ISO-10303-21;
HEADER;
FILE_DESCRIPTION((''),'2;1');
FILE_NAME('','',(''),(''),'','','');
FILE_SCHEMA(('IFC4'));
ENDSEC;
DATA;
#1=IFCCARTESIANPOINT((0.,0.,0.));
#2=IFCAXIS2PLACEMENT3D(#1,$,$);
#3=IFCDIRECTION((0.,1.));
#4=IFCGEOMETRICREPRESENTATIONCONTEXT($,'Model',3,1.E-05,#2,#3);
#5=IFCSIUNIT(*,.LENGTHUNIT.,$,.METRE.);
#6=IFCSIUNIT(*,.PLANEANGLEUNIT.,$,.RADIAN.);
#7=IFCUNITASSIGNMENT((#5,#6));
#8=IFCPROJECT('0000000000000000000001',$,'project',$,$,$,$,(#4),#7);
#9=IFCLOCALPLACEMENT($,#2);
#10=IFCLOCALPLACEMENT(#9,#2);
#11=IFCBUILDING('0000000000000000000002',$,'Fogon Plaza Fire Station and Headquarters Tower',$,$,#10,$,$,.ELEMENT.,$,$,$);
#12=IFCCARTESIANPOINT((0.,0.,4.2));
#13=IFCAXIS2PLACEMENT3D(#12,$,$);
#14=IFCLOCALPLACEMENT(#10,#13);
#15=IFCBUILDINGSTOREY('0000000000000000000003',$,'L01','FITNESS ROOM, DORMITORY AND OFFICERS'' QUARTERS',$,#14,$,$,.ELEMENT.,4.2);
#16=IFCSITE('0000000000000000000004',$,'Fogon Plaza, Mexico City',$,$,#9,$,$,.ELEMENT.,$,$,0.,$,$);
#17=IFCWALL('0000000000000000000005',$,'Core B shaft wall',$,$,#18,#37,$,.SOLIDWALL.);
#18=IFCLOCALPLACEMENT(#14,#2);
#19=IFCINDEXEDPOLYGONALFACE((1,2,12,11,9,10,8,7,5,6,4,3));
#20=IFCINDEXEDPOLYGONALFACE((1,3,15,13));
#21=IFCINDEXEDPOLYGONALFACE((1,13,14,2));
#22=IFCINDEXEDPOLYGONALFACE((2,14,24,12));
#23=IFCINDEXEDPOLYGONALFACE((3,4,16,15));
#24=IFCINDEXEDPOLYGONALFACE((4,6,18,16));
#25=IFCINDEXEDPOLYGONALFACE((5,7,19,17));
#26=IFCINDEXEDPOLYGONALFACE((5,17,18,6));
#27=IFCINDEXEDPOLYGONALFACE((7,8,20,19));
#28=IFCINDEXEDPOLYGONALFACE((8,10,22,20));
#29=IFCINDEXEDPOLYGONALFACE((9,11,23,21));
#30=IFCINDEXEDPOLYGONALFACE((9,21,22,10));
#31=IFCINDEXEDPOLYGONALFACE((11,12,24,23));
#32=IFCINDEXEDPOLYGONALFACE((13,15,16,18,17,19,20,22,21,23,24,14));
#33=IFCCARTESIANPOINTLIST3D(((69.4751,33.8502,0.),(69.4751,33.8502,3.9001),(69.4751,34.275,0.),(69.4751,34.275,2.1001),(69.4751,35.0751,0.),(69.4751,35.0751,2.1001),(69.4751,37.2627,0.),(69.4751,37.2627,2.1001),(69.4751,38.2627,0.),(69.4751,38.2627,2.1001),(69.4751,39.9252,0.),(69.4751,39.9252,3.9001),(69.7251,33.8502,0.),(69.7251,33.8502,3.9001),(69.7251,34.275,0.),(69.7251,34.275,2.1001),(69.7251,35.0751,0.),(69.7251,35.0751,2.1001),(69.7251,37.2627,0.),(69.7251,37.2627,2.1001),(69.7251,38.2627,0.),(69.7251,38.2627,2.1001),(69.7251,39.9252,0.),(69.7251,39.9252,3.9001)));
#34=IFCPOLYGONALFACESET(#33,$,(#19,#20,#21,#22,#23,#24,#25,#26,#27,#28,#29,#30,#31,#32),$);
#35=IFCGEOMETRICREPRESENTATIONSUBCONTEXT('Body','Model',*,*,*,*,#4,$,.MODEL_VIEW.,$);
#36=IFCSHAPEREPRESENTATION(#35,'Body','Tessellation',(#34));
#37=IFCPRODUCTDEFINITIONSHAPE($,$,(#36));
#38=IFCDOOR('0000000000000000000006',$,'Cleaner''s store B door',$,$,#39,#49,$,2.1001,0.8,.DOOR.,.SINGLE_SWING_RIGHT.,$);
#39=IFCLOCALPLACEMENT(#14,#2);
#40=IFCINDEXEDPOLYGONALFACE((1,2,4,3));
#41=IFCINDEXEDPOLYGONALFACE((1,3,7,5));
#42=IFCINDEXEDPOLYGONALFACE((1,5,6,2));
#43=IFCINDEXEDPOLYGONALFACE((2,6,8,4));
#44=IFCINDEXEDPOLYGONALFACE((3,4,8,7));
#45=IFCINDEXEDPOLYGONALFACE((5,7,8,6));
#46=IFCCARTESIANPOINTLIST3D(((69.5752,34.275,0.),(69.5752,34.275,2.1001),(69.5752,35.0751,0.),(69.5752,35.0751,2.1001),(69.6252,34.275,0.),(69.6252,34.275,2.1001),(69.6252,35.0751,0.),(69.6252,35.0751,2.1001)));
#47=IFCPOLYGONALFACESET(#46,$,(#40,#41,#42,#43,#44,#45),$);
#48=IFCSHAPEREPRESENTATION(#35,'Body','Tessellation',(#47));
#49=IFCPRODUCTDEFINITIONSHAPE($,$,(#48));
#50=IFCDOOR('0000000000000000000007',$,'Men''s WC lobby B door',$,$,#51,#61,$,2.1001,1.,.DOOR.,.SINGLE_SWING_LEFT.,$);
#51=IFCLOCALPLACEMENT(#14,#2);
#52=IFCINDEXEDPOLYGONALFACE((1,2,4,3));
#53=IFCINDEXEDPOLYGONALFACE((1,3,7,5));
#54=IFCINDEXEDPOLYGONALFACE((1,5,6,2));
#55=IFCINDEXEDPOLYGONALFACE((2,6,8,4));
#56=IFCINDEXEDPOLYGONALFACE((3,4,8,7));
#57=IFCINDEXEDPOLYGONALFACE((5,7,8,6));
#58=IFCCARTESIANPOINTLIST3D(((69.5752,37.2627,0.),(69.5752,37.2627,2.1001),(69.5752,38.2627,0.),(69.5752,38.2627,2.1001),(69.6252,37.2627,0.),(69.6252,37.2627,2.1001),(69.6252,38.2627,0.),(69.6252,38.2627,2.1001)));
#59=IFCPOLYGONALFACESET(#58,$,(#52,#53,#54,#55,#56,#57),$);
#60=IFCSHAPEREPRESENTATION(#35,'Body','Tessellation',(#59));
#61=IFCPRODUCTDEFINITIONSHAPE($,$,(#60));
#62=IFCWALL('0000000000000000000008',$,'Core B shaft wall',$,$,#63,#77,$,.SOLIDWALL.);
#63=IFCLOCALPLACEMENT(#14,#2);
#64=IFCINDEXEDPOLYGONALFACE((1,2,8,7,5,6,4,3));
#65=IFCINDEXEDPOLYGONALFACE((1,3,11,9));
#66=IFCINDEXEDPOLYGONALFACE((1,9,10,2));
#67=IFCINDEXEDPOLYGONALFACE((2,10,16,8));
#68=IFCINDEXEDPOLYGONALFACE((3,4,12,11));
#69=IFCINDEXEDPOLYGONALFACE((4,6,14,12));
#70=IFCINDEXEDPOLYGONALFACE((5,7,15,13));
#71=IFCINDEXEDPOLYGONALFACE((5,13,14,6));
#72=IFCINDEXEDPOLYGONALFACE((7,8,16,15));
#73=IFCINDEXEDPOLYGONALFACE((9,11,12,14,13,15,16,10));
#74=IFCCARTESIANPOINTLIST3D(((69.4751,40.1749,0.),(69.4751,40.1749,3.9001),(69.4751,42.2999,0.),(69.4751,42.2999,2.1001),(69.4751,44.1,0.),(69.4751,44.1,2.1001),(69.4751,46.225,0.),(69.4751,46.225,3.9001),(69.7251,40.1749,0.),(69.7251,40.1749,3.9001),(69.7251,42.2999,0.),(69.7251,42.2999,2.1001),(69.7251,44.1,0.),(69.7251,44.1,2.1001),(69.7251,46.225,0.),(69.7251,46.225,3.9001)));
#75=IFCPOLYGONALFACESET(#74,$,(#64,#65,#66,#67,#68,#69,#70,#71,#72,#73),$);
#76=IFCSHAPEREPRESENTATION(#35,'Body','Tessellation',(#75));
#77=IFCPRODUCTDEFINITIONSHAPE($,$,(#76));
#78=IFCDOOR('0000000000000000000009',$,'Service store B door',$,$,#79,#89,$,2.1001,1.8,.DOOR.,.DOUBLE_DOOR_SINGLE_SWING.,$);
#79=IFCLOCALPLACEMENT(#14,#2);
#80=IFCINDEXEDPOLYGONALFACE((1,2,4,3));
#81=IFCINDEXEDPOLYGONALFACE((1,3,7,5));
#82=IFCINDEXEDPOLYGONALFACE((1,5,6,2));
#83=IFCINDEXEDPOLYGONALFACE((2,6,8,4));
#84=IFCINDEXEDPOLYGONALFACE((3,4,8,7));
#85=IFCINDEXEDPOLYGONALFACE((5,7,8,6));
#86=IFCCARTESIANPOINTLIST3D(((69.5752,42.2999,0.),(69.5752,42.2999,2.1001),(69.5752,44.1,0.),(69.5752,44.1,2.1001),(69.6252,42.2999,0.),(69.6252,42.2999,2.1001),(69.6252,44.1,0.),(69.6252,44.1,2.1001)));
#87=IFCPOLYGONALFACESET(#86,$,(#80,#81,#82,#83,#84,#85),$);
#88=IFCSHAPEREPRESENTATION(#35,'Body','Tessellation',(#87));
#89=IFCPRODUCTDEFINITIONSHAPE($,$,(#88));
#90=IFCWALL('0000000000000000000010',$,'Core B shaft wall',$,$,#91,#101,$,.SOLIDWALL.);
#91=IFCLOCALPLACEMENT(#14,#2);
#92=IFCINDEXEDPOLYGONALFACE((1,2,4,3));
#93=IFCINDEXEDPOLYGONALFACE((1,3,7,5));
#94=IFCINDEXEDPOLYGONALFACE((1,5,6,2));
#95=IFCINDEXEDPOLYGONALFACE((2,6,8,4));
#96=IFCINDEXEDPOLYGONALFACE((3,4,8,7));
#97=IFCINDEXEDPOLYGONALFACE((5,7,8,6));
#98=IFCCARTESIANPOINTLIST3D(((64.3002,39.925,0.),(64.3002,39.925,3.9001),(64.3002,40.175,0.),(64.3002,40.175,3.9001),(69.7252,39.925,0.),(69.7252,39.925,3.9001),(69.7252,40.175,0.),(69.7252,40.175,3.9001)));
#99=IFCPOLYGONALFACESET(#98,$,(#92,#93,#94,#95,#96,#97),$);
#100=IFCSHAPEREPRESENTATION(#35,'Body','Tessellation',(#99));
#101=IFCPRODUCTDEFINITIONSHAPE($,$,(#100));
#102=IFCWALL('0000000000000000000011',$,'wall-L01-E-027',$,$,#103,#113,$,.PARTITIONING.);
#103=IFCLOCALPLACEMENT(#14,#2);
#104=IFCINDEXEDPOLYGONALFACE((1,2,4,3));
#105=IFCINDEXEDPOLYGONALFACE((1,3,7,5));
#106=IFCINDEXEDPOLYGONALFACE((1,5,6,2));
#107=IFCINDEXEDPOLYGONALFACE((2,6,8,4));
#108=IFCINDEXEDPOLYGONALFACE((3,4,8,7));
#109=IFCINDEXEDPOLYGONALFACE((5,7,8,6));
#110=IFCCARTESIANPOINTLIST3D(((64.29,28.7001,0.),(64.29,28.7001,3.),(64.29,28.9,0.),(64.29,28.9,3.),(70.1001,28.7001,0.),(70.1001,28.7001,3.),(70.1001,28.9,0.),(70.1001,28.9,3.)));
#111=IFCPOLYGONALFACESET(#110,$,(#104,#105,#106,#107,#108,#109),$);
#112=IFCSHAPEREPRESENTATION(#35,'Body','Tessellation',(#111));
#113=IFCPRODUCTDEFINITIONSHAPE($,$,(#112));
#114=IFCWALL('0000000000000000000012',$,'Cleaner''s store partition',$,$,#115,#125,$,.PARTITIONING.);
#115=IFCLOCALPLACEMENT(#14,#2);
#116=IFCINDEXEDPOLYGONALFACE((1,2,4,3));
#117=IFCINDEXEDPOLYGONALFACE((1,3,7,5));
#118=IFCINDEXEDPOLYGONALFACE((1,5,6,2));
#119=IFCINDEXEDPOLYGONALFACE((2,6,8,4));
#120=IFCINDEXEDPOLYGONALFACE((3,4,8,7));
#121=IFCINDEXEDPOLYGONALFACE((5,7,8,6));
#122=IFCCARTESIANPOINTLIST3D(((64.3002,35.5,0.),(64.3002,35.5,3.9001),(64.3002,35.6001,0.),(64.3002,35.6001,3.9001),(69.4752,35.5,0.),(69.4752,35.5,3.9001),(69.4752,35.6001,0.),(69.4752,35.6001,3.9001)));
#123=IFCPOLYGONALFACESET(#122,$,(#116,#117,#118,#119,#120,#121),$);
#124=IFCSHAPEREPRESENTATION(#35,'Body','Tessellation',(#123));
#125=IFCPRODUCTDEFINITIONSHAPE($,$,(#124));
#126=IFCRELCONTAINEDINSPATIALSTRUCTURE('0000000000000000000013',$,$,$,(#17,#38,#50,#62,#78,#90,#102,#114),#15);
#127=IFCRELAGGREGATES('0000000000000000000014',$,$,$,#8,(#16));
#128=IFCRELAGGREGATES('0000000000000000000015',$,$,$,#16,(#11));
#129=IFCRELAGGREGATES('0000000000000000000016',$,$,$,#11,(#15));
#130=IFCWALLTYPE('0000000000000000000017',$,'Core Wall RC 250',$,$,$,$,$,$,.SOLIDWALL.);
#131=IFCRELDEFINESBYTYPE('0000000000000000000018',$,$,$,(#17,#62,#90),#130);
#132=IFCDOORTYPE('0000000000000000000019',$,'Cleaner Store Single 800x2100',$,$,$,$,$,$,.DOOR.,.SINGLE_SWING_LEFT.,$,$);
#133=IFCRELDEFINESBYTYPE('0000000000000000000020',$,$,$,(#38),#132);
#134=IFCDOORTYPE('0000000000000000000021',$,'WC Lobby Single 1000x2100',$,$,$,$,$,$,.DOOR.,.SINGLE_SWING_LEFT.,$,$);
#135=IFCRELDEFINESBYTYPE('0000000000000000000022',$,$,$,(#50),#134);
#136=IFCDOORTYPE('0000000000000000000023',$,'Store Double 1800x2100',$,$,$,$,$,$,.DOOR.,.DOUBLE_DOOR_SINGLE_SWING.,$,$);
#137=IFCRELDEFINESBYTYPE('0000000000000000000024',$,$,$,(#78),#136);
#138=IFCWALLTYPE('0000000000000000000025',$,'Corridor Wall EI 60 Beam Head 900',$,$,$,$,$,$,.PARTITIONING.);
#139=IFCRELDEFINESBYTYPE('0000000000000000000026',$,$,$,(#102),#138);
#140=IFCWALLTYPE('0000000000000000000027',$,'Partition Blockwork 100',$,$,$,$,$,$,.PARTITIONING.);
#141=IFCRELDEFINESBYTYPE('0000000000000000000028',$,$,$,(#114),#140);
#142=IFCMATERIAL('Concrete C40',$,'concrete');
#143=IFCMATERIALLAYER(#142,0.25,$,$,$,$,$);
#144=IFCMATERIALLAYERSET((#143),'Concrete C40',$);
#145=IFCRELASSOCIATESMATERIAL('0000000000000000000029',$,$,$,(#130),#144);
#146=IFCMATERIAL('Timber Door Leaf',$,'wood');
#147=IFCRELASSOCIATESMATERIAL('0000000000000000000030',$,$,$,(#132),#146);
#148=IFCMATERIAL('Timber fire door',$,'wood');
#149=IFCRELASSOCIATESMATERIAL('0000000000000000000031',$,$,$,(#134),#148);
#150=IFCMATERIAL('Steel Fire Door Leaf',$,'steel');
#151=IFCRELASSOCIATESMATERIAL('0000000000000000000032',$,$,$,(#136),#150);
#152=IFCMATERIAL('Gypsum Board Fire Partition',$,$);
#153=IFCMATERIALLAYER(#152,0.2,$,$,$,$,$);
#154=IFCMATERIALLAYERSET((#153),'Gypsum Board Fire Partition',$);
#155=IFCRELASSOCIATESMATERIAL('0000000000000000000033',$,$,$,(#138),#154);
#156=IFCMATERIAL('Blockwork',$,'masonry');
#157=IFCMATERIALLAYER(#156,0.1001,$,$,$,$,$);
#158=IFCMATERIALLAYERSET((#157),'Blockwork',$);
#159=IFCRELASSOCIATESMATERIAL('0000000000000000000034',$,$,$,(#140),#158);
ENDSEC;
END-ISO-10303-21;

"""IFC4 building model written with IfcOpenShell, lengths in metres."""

from ifc_helpers import new_model, si_unit, direction, frame, frame_2d, origin, place, context, subcontext, project, spatial, rectangle, extrude, material, layer, layer_set, type_object, element, fill, save


model = new_model("IFC4")

# Units and contexts
model_context = context("Model", 3, precision=1e-05, world=origin(), true_north=direction((0.0, 1.0)))
body_context = subcontext(model_context, "Body", "Model", "MODEL_VIEW")
ifc_project = project(units=[si_unit("LENGTHUNIT", "METRE"), si_unit("PLANEANGLEUNIT", "RADIAN")], contexts=[model_context])

# Site, building, storey
site_placement = place(None, origin())
site = spatial("IfcSite", under=ifc_project, at=site_placement, Name="Fogon Plaza, Mexico City", CompositionType="ELEMENT", RefElevation=0.0)
building_placement = place(site_placement, origin())
building = spatial("IfcBuilding", under=site, at=building_placement, Name="Fogon Plaza Fire Station and Headquarters Tower", CompositionType="ELEMENT")
storey_placement = place(building_placement, frame((0.0, 0.0, 4.2)))
storey = spatial("IfcBuildingStorey", under=building, at=storey_placement, Name="L01", Description="FITNESS ROOM, DORMITORY AND OFFICERS' QUARTERS", CompositionType="ELEMENT", Elevation=4.2)

# Shared definitions
ifc_material_1 = material(Name="Concrete C40", Category="concrete")
ifc_layer_1 = layer(ifc_material_1, 0.25)
ifc_layer_set_1 = layer_set([ifc_layer_1], Name="Concrete C40")
wall_type_1 = type_object("IfcWallType", Name="Core Wall RC 250", PredefinedType="SOLIDWALL", material=ifc_layer_set_1)

# Wall, openings, doors
wall_1_placement = place(storey_placement, frame((69.6001, 33.8501, 0.0), z_axis=(0.0, 0.0, 1.0), x_axis=(0.0, 1.0, 0.0)))
wall_1 = element("IfcWall", 1, at=wall_1_placement, inside=storey, type_object=wall_type_1, Name="Core B shaft wall", PredefinedType="SOLIDWALL", context=body_context, shape_type="SweptSolid", body=[
    extrude(rectangle(XDim=6.075, YDim=0.25, at=frame_2d((3.0376, 0.0))), origin(), (0.0, 0.0, 1.0), 3.9001),
])
opening_1_placement = place(wall_1_placement, frame((0.425, 0.0, 0.0)))
opening_1 = element("IfcOpeningElement", 2, at=opening_1_placement, cuts=wall_1, PredefinedType="OPENING", context=body_context, shape_type="SweptSolid", body=[
    extrude(rectangle(XDim=0.8, YDim=2.1001, at=frame_2d((0.3999, 1.05))), frame((0.0, 0.135, 0.0), z_axis=(0.0, -1.0, 0.0), x_axis=(1.0, 0.0, 0.0)), (0.0, 0.0, 1.0), 0.27),
])
opening_2_placement = place(wall_1_placement, frame((3.4126, 0.0, 0.0)))
opening_2 = element("IfcOpeningElement", 3, at=opening_2_placement, cuts=wall_1, PredefinedType="OPENING", context=body_context, shape_type="SweptSolid", body=[
    extrude(rectangle(XDim=1.0, YDim=2.1001, at=frame_2d((0.5, 1.05))), frame((0.0, 0.135, 0.0), z_axis=(0.0, -1.0, 0.0), x_axis=(1.0, 0.0, 0.0)), (0.0, 0.0, 1.0), 0.27),
])
ifc_material_2 = material(Name="Timber Door Leaf", Category="wood")
door_type_1 = type_object("IfcDoorType", Name="Cleaner Store Single 800x2100", OperationType="SINGLE_SWING_LEFT", PredefinedType="DOOR", material=ifc_material_2)
door_1_placement = place(opening_1_placement, origin())
door_1 = element("IfcDoor", 4, at=door_1_placement, inside=storey, type_object=door_type_1, Name="Cleaner's store B door", OperationType="SINGLE_SWING_RIGHT", OverallHeight=2.1001, OverallWidth=0.8, PredefinedType="DOOR", context=body_context, shape_type="SweptSolid", body=[
    extrude(rectangle(XDim=0.8, YDim=2.1001, at=frame_2d((0.3999, 1.05))), frame((0.0, 0.0249, 0.0), z_axis=(0.0, -1.0, 0.0), x_axis=(1.0, 0.0, 0.0)), (0.0, 0.0, 1.0), 0.05),
])
fill(opening_1, door_1)
ifc_material_3 = material(Name="Timber fire door", Category="wood")
door_type_2 = type_object("IfcDoorType", Name="WC Lobby Single 1000x2100", OperationType="SINGLE_SWING_LEFT", PredefinedType="DOOR", material=ifc_material_3)
door_2_placement = place(opening_2_placement, origin())
door_2 = element("IfcDoor", 5, at=door_2_placement, inside=storey, type_object=door_type_2, Name="Men's WC lobby B door", OperationType="SINGLE_SWING_LEFT", OverallHeight=2.1001, OverallWidth=1.0, PredefinedType="DOOR", context=body_context, shape_type="SweptSolid", body=[
    extrude(rectangle(XDim=1.0, YDim=2.1001, at=frame_2d((0.5, 1.05))), frame((0.0, 0.0249, 0.0), z_axis=(0.0, -1.0, 0.0), x_axis=(1.0, 0.0, 0.0)), (0.0, 0.0, 1.0), 0.05),
])
fill(opening_2, door_2)

# Wall, opening, door
wall_2_placement = place(storey_placement, frame((69.6001, 40.175, 0.0), z_axis=(0.0, 0.0, 1.0), x_axis=(0.0, 1.0, 0.0)))
wall_2 = element("IfcWall", 6, at=wall_2_placement, inside=storey, type_object=wall_type_1, Name="Core B shaft wall", PredefinedType="SOLIDWALL", context=body_context, shape_type="SweptSolid", body=[
    extrude(rectangle(XDim=6.05, YDim=0.25, at=frame_2d((3.0249, 0.0))), origin(), (0.0, 0.0, 1.0), 3.9001),
])
opening_3_placement = place(wall_2_placement, frame((2.125, 0.0, 0.0)))
opening_3 = element("IfcOpeningElement", 7, at=opening_3_placement, cuts=wall_2, PredefinedType="OPENING", context=body_context, shape_type="SweptSolid", body=[
    extrude(rectangle(XDim=1.8, YDim=2.1001, at=frame_2d((0.8999, 1.05))), frame((0.0, 0.135, 0.0), z_axis=(0.0, -1.0, 0.0), x_axis=(1.0, 0.0, 0.0)), (0.0, 0.0, 1.0), 0.27),
])
ifc_material_4 = material(Name="Steel Fire Door Leaf", Category="steel")
door_type_3 = type_object("IfcDoorType", Name="Store Double 1800x2100", OperationType="DOUBLE_DOOR_SINGLE_SWING", PredefinedType="DOOR", material=ifc_material_4)
door_3_placement = place(opening_3_placement, origin())
door_3 = element("IfcDoor", 8, at=door_3_placement, inside=storey, type_object=door_type_3, Name="Service store B door", OperationType="DOUBLE_DOOR_SINGLE_SWING", OverallHeight=2.1001, OverallWidth=1.8, PredefinedType="DOOR", context=body_context, shape_type="SweptSolid", body=[
    extrude(rectangle(XDim=1.8, YDim=2.1001, at=frame_2d((0.8999, 1.05))), frame((0.0, 0.0249, 0.0), z_axis=(0.0, -1.0, 0.0), x_axis=(1.0, 0.0, 0.0)), (0.0, 0.0, 1.0), 0.05),
])
fill(opening_3, door_3)

# Walls
wall_3_placement = place(storey_placement, frame((69.7251, 40.05, 0.0), z_axis=(0.0, 0.0, 1.0), x_axis=(-1.0, 0.0, 0.0)))
element("IfcWall", 9, at=wall_3_placement, inside=storey, type_object=wall_type_1, Name="Core B shaft wall", PredefinedType="SOLIDWALL", context=body_context, shape_type="SweptSolid", body=[
    extrude(rectangle(XDim=5.425, YDim=0.25, at=frame_2d((2.7124, 0.0))), origin(), (0.0, 0.0, 1.0), 3.9001),
])
ifc_material_5 = material(Name="Gypsum Board Fire Partition")
ifc_layer_2 = layer(ifc_material_5, 0.2)
ifc_layer_set_2 = layer_set([ifc_layer_2], Name="Gypsum Board Fire Partition")
wall_type_2 = type_object("IfcWallType", Name="Corridor Wall EI 60 Beam Head 900", PredefinedType="PARTITIONING", material=ifc_layer_set_2)
wall_4_placement = place(storey_placement, frame((70.1001, 28.8, 0.0), z_axis=(0.0, 0.0, 1.0), x_axis=(-1.0, 0.0, 0.0)))
element("IfcWall", 10, at=wall_4_placement, inside=storey, type_object=wall_type_2, Name="wall-L01-E-027", PredefinedType="PARTITIONING", context=body_context, shape_type="SweptSolid", body=[
    extrude(rectangle(XDim=5.8101, YDim=0.2, at=frame_2d((2.905, 0.0))), origin(), (0.0, 0.0, 1.0), 3.0),
])
ifc_material_6 = material(Name="Blockwork", Category="masonry")
ifc_layer_3 = layer(ifc_material_6, 0.1001)
ifc_layer_set_3 = layer_set([ifc_layer_3], Name="Blockwork")
wall_type_3 = type_object("IfcWallType", Name="Partition Blockwork 100", PredefinedType="PARTITIONING", material=ifc_layer_set_3)
wall_5_placement = place(storey_placement, frame((69.4751, 35.55, 0.0), z_axis=(0.0, 0.0, 1.0), x_axis=(-1.0, 0.0, 0.0)))
element("IfcWall", 11, at=wall_5_placement, inside=storey, type_object=wall_type_3, Name="Cleaner's store partition", PredefinedType="PARTITIONING", context=body_context, shape_type="SweptSolid", body=[
    extrude(rectangle(XDim=5.175, YDim=0.1001, at=frame_2d((2.5874, 0.0))), origin(), (0.0, 0.0, 1.0), 3.9001),
])

save(model, "model.ifc")
